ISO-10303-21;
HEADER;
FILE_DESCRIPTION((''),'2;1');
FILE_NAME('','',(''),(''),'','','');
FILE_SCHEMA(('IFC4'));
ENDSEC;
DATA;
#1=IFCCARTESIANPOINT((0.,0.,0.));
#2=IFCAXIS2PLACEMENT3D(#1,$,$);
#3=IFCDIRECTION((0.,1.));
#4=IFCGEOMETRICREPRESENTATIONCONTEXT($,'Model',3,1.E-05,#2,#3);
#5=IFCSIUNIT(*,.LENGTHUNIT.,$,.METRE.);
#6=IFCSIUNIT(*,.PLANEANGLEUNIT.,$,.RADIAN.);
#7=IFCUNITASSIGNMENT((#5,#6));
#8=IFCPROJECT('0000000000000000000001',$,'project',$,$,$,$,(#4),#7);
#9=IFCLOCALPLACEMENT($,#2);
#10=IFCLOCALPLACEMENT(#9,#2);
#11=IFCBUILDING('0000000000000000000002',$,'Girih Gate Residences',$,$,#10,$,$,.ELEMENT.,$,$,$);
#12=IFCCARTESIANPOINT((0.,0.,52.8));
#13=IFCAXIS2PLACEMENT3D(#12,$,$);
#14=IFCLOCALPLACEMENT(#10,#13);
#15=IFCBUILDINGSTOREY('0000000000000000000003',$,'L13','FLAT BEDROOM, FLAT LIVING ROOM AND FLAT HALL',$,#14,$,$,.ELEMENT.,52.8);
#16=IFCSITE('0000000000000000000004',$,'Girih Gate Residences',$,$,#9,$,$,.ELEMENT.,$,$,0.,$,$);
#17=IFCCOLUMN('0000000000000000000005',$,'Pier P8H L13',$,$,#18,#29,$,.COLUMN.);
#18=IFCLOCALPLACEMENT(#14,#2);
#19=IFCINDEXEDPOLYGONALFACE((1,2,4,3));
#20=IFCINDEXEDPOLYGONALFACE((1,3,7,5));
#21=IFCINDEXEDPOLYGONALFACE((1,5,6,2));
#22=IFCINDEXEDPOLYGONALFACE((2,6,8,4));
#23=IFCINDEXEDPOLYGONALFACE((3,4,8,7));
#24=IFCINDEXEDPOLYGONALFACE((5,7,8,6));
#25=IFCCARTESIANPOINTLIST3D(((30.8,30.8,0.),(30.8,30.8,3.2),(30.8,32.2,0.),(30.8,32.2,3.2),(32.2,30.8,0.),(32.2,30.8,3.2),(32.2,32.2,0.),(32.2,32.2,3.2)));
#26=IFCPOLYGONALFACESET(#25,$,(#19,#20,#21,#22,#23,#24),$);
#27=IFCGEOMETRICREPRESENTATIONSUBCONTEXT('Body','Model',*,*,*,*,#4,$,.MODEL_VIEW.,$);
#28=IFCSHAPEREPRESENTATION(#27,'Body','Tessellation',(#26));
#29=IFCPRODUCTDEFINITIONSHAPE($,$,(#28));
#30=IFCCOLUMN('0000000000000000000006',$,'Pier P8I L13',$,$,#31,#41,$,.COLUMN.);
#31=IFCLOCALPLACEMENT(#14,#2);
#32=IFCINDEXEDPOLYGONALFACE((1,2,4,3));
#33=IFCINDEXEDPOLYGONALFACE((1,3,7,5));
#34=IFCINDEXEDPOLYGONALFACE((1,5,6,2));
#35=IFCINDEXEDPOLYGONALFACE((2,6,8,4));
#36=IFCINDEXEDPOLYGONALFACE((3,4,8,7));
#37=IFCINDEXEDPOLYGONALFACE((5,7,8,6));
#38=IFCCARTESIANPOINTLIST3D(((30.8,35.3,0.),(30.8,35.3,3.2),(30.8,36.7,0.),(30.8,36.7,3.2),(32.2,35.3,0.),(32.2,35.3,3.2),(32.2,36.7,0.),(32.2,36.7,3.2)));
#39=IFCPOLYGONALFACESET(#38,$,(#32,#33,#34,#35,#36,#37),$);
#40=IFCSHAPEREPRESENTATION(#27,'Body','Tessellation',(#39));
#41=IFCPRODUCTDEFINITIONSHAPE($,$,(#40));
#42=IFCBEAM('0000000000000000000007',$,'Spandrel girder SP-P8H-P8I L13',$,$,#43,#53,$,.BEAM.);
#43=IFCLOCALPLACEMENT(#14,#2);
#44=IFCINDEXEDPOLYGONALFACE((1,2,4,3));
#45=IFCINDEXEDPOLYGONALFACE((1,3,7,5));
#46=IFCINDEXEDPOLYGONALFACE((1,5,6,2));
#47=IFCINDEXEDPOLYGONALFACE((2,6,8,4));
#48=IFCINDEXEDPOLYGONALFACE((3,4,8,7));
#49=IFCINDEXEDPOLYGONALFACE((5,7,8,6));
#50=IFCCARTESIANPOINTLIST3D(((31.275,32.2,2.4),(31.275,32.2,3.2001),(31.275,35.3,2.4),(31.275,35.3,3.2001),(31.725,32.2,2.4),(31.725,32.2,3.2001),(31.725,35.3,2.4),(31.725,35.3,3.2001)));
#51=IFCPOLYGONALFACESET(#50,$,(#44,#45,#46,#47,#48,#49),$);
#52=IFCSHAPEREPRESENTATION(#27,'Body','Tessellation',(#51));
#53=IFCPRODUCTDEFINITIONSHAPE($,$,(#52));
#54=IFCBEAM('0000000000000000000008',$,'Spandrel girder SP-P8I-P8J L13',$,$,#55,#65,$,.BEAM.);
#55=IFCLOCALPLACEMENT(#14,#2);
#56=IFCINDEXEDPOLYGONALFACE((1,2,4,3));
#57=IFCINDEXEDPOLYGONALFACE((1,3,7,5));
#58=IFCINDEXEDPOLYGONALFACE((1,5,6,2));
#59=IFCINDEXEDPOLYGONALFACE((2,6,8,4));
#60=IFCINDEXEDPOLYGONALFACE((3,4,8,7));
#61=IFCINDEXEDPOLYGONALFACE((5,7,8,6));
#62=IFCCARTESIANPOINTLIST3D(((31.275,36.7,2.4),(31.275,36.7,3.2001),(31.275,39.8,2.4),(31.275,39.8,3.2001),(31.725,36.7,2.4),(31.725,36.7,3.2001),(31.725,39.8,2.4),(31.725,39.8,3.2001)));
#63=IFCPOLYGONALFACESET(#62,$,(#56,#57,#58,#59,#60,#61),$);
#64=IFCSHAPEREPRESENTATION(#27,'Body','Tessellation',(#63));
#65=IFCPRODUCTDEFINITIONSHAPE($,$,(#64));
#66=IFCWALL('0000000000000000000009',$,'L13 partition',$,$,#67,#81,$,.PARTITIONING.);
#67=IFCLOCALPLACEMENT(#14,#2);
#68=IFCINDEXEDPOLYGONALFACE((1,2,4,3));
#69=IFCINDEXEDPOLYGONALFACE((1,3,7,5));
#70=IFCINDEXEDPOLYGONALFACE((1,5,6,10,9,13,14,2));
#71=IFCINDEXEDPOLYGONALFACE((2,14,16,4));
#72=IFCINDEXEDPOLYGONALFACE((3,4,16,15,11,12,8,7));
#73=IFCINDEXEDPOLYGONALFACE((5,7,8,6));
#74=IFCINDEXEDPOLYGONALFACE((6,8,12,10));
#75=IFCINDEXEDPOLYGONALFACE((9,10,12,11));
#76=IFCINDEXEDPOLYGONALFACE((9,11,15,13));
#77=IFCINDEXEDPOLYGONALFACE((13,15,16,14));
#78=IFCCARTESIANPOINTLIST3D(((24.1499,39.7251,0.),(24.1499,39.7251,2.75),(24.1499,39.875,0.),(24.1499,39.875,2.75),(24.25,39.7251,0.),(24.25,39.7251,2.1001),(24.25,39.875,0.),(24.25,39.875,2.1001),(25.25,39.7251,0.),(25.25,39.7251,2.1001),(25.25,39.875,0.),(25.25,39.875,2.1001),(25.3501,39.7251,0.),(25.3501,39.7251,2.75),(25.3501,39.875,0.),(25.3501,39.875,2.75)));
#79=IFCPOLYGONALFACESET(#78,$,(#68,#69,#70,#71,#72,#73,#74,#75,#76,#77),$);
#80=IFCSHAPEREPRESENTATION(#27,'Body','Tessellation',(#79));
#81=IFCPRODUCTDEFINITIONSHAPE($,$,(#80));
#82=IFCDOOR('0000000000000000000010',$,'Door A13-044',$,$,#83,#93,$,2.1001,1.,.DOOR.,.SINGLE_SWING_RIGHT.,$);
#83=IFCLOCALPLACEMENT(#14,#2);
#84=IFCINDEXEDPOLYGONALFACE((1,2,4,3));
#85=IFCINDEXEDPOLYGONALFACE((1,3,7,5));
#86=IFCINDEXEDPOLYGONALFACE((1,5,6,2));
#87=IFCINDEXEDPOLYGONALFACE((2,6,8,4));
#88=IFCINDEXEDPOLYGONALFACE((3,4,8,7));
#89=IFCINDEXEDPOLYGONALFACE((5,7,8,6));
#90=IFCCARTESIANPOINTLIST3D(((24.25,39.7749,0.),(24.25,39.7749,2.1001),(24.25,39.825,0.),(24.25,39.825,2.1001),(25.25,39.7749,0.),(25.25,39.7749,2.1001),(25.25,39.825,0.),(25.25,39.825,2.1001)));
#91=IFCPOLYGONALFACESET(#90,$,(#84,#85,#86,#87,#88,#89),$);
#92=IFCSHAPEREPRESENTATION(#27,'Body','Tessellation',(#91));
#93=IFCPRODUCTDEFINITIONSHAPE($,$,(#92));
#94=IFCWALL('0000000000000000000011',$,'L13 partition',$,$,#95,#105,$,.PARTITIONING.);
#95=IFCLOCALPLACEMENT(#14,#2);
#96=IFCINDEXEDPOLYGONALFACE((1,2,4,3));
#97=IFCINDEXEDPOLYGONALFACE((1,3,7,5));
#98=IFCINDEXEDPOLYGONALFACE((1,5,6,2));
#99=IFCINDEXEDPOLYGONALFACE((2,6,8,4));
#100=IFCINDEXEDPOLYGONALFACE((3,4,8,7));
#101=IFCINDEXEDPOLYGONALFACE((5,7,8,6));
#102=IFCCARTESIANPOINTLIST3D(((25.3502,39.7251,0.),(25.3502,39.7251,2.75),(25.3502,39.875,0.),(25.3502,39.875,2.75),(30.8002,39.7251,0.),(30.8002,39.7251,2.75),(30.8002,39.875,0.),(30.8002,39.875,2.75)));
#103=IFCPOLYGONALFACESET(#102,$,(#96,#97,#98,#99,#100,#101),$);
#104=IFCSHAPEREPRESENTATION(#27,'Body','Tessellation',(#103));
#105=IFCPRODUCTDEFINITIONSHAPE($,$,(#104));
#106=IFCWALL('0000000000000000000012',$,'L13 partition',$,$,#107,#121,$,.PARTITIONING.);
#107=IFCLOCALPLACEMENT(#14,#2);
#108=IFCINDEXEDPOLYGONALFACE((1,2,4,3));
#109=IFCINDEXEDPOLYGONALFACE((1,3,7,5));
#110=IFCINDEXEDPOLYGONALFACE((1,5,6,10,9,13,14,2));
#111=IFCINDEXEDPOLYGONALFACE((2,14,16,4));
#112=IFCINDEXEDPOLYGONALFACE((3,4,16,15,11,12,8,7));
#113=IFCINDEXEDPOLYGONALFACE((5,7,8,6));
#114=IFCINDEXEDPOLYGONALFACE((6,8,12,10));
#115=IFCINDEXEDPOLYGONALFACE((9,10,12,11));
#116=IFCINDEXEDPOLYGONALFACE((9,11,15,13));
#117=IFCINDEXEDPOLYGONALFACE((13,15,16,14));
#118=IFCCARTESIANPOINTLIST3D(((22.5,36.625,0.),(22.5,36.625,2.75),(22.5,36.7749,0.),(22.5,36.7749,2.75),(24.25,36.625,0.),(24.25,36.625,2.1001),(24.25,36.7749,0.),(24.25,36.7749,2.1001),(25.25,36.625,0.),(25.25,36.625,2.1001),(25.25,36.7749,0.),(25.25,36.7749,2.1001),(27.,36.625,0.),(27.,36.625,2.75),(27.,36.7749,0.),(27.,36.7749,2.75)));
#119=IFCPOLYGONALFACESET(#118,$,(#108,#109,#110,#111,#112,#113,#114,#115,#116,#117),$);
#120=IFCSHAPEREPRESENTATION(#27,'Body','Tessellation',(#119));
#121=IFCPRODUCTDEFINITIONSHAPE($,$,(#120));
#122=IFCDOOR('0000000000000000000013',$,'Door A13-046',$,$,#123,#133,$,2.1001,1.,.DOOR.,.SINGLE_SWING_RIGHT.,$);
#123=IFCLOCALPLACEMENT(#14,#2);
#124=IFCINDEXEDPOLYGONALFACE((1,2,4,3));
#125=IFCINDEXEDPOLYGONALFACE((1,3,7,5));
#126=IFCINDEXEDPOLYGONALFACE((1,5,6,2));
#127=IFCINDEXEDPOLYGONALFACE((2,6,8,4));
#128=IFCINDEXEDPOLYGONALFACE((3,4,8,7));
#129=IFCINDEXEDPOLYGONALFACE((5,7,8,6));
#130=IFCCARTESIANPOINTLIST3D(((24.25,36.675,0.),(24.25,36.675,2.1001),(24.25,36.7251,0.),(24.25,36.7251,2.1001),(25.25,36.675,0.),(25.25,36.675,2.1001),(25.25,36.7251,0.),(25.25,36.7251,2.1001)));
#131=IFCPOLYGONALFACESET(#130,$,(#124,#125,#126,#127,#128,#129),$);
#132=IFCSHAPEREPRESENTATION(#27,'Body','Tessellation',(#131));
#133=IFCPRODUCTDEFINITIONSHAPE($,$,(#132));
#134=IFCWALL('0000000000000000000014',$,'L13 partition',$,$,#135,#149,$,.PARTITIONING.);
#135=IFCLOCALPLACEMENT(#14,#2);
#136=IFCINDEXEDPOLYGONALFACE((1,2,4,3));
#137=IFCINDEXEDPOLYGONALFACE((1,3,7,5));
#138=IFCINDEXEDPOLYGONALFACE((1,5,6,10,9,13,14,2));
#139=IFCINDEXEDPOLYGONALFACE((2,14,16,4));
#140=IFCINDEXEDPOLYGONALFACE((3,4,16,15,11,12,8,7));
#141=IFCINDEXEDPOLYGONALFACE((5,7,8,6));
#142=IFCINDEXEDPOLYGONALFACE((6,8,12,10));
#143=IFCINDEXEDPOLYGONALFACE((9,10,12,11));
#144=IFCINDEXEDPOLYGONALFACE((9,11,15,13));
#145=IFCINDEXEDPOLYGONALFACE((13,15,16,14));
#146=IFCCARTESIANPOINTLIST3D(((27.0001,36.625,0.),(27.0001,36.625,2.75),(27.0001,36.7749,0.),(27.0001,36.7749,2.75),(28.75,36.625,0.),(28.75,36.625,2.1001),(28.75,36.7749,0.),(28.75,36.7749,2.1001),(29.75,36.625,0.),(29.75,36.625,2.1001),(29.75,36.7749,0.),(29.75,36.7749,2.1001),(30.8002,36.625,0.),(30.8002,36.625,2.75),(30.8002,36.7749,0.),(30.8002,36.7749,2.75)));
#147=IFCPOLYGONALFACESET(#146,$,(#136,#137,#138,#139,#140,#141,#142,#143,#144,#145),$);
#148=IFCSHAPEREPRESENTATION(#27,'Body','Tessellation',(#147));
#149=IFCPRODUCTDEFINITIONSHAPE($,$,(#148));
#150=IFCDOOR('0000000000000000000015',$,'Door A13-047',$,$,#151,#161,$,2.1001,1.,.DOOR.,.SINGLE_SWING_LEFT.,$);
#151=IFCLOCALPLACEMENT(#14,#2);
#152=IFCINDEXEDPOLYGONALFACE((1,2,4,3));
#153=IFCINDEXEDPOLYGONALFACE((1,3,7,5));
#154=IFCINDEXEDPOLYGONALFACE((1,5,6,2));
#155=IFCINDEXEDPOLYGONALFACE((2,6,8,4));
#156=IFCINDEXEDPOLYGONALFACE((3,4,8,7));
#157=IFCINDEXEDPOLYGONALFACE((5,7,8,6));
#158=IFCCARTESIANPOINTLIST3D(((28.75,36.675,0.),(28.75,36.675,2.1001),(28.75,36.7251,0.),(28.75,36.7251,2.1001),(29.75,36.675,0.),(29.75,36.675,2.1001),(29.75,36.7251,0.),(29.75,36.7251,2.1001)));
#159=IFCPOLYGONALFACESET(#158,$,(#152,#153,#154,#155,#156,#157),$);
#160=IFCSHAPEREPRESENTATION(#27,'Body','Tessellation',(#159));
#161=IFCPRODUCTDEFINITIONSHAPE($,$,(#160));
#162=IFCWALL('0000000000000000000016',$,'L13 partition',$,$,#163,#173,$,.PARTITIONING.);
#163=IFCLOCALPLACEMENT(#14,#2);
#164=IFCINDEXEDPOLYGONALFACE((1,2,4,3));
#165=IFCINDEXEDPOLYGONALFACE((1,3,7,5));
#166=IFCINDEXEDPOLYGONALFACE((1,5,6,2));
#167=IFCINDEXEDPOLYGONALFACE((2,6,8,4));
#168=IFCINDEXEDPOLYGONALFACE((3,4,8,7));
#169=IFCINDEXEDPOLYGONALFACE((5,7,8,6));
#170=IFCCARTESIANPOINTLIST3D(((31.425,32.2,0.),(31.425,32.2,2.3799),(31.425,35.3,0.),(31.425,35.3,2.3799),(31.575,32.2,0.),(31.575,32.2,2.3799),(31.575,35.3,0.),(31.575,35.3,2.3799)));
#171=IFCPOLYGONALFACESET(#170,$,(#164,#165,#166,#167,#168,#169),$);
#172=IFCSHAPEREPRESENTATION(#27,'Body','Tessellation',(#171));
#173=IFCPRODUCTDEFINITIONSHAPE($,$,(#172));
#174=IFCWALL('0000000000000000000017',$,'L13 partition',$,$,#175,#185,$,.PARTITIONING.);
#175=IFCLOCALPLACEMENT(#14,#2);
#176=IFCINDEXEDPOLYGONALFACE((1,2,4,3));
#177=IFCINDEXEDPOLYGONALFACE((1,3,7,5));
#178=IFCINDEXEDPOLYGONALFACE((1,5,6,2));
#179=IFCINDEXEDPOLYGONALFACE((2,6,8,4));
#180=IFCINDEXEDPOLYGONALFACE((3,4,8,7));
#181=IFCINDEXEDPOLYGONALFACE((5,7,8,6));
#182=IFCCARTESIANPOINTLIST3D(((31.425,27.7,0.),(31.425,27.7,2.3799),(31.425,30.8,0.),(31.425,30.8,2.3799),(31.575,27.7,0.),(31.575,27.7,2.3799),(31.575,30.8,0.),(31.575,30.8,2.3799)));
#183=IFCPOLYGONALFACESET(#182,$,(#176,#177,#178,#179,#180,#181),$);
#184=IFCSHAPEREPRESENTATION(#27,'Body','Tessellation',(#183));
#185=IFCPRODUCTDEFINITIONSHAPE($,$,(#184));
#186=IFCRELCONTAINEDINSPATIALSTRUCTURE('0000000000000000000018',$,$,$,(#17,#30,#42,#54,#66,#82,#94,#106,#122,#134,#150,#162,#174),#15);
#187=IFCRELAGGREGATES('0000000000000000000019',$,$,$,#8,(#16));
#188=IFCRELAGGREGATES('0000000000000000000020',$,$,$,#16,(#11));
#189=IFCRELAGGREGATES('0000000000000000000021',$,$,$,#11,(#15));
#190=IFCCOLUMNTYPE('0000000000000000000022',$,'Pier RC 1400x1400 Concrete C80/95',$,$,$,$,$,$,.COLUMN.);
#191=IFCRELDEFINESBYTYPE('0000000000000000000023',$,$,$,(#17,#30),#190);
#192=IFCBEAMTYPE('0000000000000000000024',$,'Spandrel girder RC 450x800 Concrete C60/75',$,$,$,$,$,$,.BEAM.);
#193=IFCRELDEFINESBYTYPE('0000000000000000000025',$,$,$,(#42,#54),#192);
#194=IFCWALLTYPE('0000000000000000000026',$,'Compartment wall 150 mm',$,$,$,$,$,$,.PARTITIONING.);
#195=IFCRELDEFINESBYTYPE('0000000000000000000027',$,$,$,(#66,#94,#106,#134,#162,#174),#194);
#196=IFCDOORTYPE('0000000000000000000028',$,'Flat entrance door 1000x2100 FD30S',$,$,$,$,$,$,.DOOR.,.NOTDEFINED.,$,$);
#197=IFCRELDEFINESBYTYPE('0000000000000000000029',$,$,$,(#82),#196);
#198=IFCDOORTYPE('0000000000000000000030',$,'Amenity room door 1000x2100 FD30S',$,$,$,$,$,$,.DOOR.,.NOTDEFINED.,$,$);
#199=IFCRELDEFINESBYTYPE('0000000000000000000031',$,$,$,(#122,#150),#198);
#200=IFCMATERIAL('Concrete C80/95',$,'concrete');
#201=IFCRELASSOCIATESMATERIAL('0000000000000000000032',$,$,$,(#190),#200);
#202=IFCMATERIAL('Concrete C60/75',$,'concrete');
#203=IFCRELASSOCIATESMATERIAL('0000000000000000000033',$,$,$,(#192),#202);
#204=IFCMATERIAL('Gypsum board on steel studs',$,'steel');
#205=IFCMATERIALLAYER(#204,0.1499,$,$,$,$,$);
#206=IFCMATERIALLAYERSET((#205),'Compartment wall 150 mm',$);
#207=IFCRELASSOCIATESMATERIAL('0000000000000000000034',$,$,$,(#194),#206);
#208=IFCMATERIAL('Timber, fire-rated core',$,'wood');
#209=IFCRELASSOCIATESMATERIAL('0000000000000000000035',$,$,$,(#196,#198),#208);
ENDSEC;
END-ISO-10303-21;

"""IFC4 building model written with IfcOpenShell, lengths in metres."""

from ifc_helpers import new_model, si_unit, direction, frame, frame_2d, origin, origin_2d, place, context, subcontext, project, spatial, rectangle, extrude, material, layer, layer_set, material_profile, profile_set, type_object, element, fill, save


model = new_model("IFC4")

# Units and contexts
model_context = context("Model", 3, precision=1e-05, world=origin(), true_north=direction((0.0, 1.0)))
body_context = subcontext(model_context, "Body", "Model", "MODEL_VIEW")
ifc_project = project(units=[si_unit("LENGTHUNIT", "METRE"), si_unit("PLANEANGLEUNIT", "RADIAN")], contexts=[model_context])

# Site, building, storey
site_placement = place(None, origin())
site = spatial("IfcSite", under=ifc_project, at=site_placement, Name="Girih Gate Residences", CompositionType="ELEMENT", RefElevation=0.0)
building_placement = place(site_placement, origin())
building = spatial("IfcBuilding", under=site, at=building_placement, Name="Girih Gate Residences", CompositionType="ELEMENT")
storey_placement = place(building_placement, frame((0.0, 0.0, 52.8)))
storey = spatial("IfcBuildingStorey", under=building, at=storey_placement, Name="L13", Description="FLAT BEDROOM, FLAT LIVING ROOM AND FLAT HALL", CompositionType="ELEMENT", Elevation=52.8)

# Columns
ifc_material_1 = material(Name="Concrete C80/95", Category="concrete")
ifc_material_profile_1 = material_profile(ifc_material_1, rectangle(XDim=1.3999, YDim=1.3999, at=origin_2d()))
ifc_profile_set_1 = profile_set([ifc_material_profile_1], Name="Concrete C80/95")
column_type = type_object("IfcColumnType", Name="Pier RC 1400x1400 Concrete C80/95", PredefinedType="COLUMN", material=ifc_profile_set_1)
for number, where, z_axis, x_axis, name in (
    (1, (31.5, 31.5, 0.0), (0.0, 0.0, 1.0), (1.0, 0.0, 0.0), "Pier P8H L13"),
    (2, (31.5, 36.0, 0.0), (0.0, 0.0, 1.0), (1.0, 0.0, 0.0), "Pier P8I L13"),
):
    element("IfcColumn", number, at=place(storey_placement, frame(where, z_axis=z_axis, x_axis=x_axis)), inside=storey, type_object=column_type, Name=name, PredefinedType="COLUMN", context=body_context, shape_type="SweptSolid", body=[
        extrude(rectangle(XDim=1.3999, YDim=1.3999, at=origin_2d()), origin(), (0.0, 0.0, 1.0), 3.2),
    ])

# Beams
ifc_material_2 = material(Name="Concrete C60/75", Category="concrete")
ifc_material_profile_2 = material_profile(ifc_material_2, rectangle(XDim=0.45, YDim=0.8, at=origin_2d()))
ifc_profile_set_2 = profile_set([ifc_material_profile_2], Name="Concrete C60/75")
beam_type = type_object("IfcBeamType", Name="Spandrel girder RC 450x800 Concrete C60/75", PredefinedType="BEAM", material=ifc_profile_set_2)
for number, where, z_axis, x_axis, name in (
    (3, (31.5, 32.2, 2.8), (0.0, 1.0, 0.0), (-1.0, 0.0, 0.0), "Spandrel girder SP-P8H-P8I L13"),
    (4, (31.5, 36.7, 2.8), (0.0, 1.0, 0.0), (-1.0, 0.0, 0.0), "Spandrel girder SP-P8I-P8J L13"),
):
    element("IfcBeam", number, at=place(storey_placement, frame(where, z_axis=z_axis, x_axis=x_axis)), inside=storey, type_object=beam_type, Name=name, PredefinedType="BEAM", context=body_context, shape_type="SweptSolid", body=[
        extrude(rectangle(XDim=0.45, YDim=0.8, at=origin_2d()), origin(), (0.0, 0.0, 1.0), 3.1001),
    ])

# Wall, opening, door
ifc_material_3 = material(Name="Gypsum board on steel studs", Category="steel")
ifc_layer_1 = layer(ifc_material_3, 0.1499)
ifc_layer_set_1 = layer_set([ifc_layer_1], Name="Compartment wall 150 mm")
wall_type_1 = type_object("IfcWallType", Name="Compartment wall 150 mm", PredefinedType="PARTITIONING", material=ifc_layer_set_1)
wall_1_placement = place(storey_placement, frame((24.1499, 39.8, 0.0), z_axis=(0.0, 0.0, 1.0), x_axis=(1.0, 0.0, 0.0)))
wall_1 = element("IfcWall", 5, at=wall_1_placement, inside=storey, type_object=wall_type_1, Name="L13 partition", PredefinedType="PARTITIONING", context=body_context, shape_type="SweptSolid", body=[
    extrude(rectangle(XDim=1.2002, YDim=0.1499, at=frame_2d((0.6001, 0.0))), origin(), (0.0, 0.0, 1.0), 2.75),
])
opening_1_placement = place(wall_1_placement, frame((0.1001, 0.0, 0.0)))
opening_1 = element("IfcOpeningElement", 6, at=opening_1_placement, cuts=wall_1, PredefinedType="OPENING", context=body_context, shape_type="SweptSolid", body=[
    extrude(rectangle(XDim=1.0, YDim=2.1001, at=frame_2d((0.5, 1.05))), frame((0.0, 0.085, 0.0), z_axis=(0.0, -1.0, 0.0), x_axis=(1.0, 0.0, 0.0)), (0.0, 0.0, 1.0), 0.1699),
])
ifc_material_4 = material(Name="Timber, fire-rated core", Category="wood")
door_type_1 = type_object("IfcDoorType", Name="Flat entrance door 1000x2100 FD30S", OperationType="NOTDEFINED", PredefinedType="DOOR", material=ifc_material_4)
door_1_placement = place(opening_1_placement, origin())
door_1 = element("IfcDoor", 7, at=door_1_placement, inside=storey, type_object=door_type_1, Name="Door A13-044", OperationType="SINGLE_SWING_RIGHT", OverallHeight=2.1001, OverallWidth=1.0, PredefinedType="DOOR", context=body_context, shape_type="SweptSolid", body=[
    extrude(rectangle(XDim=1.0, YDim=2.1001, at=frame_2d((0.5, 1.05))), frame((0.0, 0.0249, 0.0), z_axis=(0.0, -1.0, 0.0), x_axis=(1.0, 0.0, 0.0)), (0.0, 0.0, 1.0), 0.05),
])
fill(opening_1, door_1)

# Wall
wall_2_placement = place(storey_placement, frame((25.3501, 39.8, 0.0), z_axis=(0.0, 0.0, 1.0), x_axis=(1.0, 0.0, 0.0)))
element("IfcWall", 8, at=wall_2_placement, inside=storey, type_object=wall_type_1, Name="L13 partition", PredefinedType="PARTITIONING", context=body_context, shape_type="SweptSolid", body=[
    extrude(rectangle(XDim=5.45, YDim=0.1499, at=frame_2d((2.7251, 0.0))), origin(), (0.0, 0.0, 1.0), 2.75),
])

# Walls, openings, doors
wall_3_placement = place(storey_placement, frame((27.0, 36.7, 0.0), z_axis=(0.0, 0.0, 1.0), x_axis=(-1.0, 0.0, 0.0)))
wall_3 = element("IfcWall", 9, at=wall_3_placement, inside=storey, type_object=wall_type_1, Name="L13 partition", PredefinedType="PARTITIONING", context=body_context, shape_type="SweptSolid", body=[
    extrude(rectangle(XDim=4.5, YDim=0.1499, at=frame_2d((2.25, 0.0))), origin(), (0.0, 0.0, 1.0), 2.75),
])
opening_2_placement = place(wall_3_placement, frame((1.75, 0.0, 0.0)))
opening_2 = element("IfcOpeningElement", 10, at=opening_2_placement, cuts=wall_3, PredefinedType="OPENING", context=body_context, shape_type="SweptSolid", body=[
    extrude(rectangle(XDim=1.0, YDim=2.1001, at=frame_2d((0.5, 1.05))), frame((0.0, 0.085, 0.0), z_axis=(0.0, -1.0, 0.0), x_axis=(1.0, 0.0, 0.0)), (0.0, 0.0, 1.0), 0.1699),
])
door_type_2 = type_object("IfcDoorType", Name="Amenity room door 1000x2100 FD30S", OperationType="NOTDEFINED", PredefinedType="DOOR", material=ifc_material_4)
door_2_placement = place(opening_2_placement, origin())
door_2 = element("IfcDoor", 11, at=door_2_placement, inside=storey, type_object=door_type_2, Name="Door A13-046", OperationType="SINGLE_SWING_RIGHT", OverallHeight=2.1001, OverallWidth=1.0, PredefinedType="DOOR", context=body_context, shape_type="SweptSolid", body=[
    extrude(rectangle(XDim=1.0, YDim=2.1001, at=frame_2d((0.5, 1.05))), frame((0.0, 0.0249, 0.0), z_axis=(0.0, -1.0, 0.0), x_axis=(1.0, 0.0, 0.0)), (0.0, 0.0, 1.0), 0.05),
])
fill(opening_2, door_2)
wall_4_placement = place(storey_placement, frame((30.8, 36.7, 0.0), z_axis=(0.0, 0.0, 1.0), x_axis=(-1.0, 0.0, 0.0)))
wall_4 = element("IfcWall", 12, at=wall_4_placement, inside=storey, type_object=wall_type_1, Name="L13 partition", PredefinedType="PARTITIONING", context=body_context, shape_type="SweptSolid", body=[
    extrude(rectangle(XDim=3.8, YDim=0.1499, at=frame_2d((1.8999, 0.0))), origin(), (0.0, 0.0, 1.0), 2.75),
])
opening_3_placement = place(wall_4_placement, frame((1.05, 0.0, 0.0)))
opening_3 = element("IfcOpeningElement", 13, at=opening_3_placement, cuts=wall_4, PredefinedType="OPENING", context=body_context, shape_type="SweptSolid", body=[
    extrude(rectangle(XDim=1.0, YDim=2.1001, at=frame_2d((0.5, 1.05))), frame((0.0, 0.085, 0.0), z_axis=(0.0, -1.0, 0.0), x_axis=(1.0, 0.0, 0.0)), (0.0, 0.0, 1.0), 0.1699),
])
door_3_placement = place(opening_3_placement, origin())
door_3 = element("IfcDoor", 14, at=door_3_placement, inside=storey, type_object=door_type_2, Name="Door A13-047", OperationType="SINGLE_SWING_LEFT", OverallHeight=2.1001, OverallWidth=1.0, PredefinedType="DOOR", context=body_context, shape_type="SweptSolid", body=[
    extrude(rectangle(XDim=1.0, YDim=2.1001, at=frame_2d((0.5, 1.05))), frame((0.0, 0.0249, 0.0), z_axis=(0.0, -1.0, 0.0), x_axis=(1.0, 0.0, 0.0)), (0.0, 0.0, 1.0), 0.05),
])
fill(opening_3, door_3)

# Walls
for number, where, z_axis, x_axis, name in (
    (15, (31.5, 32.2, 0.0), (0.0, 0.0, 1.0), (0.0, 1.0, 0.0), "L13 partition"),
    (16, (31.5, 27.7, 0.0), (0.0, 0.0, 1.0), (0.0, 1.0, 0.0), "L13 partition"),
):
    element("IfcWall", number, at=place(storey_placement, frame(where, z_axis=z_axis, x_axis=x_axis)), inside=storey, type_object=wall_type_1, Name=name, PredefinedType="PARTITIONING", context=body_context, shape_type="SweptSolid", body=[
        extrude(rectangle(XDim=3.1001, YDim=0.1499, at=frame_2d((1.55, 0.0))), origin(), (0.0, 0.0, 1.0), 2.3799),
    ])

save(model, "model.ifc")
